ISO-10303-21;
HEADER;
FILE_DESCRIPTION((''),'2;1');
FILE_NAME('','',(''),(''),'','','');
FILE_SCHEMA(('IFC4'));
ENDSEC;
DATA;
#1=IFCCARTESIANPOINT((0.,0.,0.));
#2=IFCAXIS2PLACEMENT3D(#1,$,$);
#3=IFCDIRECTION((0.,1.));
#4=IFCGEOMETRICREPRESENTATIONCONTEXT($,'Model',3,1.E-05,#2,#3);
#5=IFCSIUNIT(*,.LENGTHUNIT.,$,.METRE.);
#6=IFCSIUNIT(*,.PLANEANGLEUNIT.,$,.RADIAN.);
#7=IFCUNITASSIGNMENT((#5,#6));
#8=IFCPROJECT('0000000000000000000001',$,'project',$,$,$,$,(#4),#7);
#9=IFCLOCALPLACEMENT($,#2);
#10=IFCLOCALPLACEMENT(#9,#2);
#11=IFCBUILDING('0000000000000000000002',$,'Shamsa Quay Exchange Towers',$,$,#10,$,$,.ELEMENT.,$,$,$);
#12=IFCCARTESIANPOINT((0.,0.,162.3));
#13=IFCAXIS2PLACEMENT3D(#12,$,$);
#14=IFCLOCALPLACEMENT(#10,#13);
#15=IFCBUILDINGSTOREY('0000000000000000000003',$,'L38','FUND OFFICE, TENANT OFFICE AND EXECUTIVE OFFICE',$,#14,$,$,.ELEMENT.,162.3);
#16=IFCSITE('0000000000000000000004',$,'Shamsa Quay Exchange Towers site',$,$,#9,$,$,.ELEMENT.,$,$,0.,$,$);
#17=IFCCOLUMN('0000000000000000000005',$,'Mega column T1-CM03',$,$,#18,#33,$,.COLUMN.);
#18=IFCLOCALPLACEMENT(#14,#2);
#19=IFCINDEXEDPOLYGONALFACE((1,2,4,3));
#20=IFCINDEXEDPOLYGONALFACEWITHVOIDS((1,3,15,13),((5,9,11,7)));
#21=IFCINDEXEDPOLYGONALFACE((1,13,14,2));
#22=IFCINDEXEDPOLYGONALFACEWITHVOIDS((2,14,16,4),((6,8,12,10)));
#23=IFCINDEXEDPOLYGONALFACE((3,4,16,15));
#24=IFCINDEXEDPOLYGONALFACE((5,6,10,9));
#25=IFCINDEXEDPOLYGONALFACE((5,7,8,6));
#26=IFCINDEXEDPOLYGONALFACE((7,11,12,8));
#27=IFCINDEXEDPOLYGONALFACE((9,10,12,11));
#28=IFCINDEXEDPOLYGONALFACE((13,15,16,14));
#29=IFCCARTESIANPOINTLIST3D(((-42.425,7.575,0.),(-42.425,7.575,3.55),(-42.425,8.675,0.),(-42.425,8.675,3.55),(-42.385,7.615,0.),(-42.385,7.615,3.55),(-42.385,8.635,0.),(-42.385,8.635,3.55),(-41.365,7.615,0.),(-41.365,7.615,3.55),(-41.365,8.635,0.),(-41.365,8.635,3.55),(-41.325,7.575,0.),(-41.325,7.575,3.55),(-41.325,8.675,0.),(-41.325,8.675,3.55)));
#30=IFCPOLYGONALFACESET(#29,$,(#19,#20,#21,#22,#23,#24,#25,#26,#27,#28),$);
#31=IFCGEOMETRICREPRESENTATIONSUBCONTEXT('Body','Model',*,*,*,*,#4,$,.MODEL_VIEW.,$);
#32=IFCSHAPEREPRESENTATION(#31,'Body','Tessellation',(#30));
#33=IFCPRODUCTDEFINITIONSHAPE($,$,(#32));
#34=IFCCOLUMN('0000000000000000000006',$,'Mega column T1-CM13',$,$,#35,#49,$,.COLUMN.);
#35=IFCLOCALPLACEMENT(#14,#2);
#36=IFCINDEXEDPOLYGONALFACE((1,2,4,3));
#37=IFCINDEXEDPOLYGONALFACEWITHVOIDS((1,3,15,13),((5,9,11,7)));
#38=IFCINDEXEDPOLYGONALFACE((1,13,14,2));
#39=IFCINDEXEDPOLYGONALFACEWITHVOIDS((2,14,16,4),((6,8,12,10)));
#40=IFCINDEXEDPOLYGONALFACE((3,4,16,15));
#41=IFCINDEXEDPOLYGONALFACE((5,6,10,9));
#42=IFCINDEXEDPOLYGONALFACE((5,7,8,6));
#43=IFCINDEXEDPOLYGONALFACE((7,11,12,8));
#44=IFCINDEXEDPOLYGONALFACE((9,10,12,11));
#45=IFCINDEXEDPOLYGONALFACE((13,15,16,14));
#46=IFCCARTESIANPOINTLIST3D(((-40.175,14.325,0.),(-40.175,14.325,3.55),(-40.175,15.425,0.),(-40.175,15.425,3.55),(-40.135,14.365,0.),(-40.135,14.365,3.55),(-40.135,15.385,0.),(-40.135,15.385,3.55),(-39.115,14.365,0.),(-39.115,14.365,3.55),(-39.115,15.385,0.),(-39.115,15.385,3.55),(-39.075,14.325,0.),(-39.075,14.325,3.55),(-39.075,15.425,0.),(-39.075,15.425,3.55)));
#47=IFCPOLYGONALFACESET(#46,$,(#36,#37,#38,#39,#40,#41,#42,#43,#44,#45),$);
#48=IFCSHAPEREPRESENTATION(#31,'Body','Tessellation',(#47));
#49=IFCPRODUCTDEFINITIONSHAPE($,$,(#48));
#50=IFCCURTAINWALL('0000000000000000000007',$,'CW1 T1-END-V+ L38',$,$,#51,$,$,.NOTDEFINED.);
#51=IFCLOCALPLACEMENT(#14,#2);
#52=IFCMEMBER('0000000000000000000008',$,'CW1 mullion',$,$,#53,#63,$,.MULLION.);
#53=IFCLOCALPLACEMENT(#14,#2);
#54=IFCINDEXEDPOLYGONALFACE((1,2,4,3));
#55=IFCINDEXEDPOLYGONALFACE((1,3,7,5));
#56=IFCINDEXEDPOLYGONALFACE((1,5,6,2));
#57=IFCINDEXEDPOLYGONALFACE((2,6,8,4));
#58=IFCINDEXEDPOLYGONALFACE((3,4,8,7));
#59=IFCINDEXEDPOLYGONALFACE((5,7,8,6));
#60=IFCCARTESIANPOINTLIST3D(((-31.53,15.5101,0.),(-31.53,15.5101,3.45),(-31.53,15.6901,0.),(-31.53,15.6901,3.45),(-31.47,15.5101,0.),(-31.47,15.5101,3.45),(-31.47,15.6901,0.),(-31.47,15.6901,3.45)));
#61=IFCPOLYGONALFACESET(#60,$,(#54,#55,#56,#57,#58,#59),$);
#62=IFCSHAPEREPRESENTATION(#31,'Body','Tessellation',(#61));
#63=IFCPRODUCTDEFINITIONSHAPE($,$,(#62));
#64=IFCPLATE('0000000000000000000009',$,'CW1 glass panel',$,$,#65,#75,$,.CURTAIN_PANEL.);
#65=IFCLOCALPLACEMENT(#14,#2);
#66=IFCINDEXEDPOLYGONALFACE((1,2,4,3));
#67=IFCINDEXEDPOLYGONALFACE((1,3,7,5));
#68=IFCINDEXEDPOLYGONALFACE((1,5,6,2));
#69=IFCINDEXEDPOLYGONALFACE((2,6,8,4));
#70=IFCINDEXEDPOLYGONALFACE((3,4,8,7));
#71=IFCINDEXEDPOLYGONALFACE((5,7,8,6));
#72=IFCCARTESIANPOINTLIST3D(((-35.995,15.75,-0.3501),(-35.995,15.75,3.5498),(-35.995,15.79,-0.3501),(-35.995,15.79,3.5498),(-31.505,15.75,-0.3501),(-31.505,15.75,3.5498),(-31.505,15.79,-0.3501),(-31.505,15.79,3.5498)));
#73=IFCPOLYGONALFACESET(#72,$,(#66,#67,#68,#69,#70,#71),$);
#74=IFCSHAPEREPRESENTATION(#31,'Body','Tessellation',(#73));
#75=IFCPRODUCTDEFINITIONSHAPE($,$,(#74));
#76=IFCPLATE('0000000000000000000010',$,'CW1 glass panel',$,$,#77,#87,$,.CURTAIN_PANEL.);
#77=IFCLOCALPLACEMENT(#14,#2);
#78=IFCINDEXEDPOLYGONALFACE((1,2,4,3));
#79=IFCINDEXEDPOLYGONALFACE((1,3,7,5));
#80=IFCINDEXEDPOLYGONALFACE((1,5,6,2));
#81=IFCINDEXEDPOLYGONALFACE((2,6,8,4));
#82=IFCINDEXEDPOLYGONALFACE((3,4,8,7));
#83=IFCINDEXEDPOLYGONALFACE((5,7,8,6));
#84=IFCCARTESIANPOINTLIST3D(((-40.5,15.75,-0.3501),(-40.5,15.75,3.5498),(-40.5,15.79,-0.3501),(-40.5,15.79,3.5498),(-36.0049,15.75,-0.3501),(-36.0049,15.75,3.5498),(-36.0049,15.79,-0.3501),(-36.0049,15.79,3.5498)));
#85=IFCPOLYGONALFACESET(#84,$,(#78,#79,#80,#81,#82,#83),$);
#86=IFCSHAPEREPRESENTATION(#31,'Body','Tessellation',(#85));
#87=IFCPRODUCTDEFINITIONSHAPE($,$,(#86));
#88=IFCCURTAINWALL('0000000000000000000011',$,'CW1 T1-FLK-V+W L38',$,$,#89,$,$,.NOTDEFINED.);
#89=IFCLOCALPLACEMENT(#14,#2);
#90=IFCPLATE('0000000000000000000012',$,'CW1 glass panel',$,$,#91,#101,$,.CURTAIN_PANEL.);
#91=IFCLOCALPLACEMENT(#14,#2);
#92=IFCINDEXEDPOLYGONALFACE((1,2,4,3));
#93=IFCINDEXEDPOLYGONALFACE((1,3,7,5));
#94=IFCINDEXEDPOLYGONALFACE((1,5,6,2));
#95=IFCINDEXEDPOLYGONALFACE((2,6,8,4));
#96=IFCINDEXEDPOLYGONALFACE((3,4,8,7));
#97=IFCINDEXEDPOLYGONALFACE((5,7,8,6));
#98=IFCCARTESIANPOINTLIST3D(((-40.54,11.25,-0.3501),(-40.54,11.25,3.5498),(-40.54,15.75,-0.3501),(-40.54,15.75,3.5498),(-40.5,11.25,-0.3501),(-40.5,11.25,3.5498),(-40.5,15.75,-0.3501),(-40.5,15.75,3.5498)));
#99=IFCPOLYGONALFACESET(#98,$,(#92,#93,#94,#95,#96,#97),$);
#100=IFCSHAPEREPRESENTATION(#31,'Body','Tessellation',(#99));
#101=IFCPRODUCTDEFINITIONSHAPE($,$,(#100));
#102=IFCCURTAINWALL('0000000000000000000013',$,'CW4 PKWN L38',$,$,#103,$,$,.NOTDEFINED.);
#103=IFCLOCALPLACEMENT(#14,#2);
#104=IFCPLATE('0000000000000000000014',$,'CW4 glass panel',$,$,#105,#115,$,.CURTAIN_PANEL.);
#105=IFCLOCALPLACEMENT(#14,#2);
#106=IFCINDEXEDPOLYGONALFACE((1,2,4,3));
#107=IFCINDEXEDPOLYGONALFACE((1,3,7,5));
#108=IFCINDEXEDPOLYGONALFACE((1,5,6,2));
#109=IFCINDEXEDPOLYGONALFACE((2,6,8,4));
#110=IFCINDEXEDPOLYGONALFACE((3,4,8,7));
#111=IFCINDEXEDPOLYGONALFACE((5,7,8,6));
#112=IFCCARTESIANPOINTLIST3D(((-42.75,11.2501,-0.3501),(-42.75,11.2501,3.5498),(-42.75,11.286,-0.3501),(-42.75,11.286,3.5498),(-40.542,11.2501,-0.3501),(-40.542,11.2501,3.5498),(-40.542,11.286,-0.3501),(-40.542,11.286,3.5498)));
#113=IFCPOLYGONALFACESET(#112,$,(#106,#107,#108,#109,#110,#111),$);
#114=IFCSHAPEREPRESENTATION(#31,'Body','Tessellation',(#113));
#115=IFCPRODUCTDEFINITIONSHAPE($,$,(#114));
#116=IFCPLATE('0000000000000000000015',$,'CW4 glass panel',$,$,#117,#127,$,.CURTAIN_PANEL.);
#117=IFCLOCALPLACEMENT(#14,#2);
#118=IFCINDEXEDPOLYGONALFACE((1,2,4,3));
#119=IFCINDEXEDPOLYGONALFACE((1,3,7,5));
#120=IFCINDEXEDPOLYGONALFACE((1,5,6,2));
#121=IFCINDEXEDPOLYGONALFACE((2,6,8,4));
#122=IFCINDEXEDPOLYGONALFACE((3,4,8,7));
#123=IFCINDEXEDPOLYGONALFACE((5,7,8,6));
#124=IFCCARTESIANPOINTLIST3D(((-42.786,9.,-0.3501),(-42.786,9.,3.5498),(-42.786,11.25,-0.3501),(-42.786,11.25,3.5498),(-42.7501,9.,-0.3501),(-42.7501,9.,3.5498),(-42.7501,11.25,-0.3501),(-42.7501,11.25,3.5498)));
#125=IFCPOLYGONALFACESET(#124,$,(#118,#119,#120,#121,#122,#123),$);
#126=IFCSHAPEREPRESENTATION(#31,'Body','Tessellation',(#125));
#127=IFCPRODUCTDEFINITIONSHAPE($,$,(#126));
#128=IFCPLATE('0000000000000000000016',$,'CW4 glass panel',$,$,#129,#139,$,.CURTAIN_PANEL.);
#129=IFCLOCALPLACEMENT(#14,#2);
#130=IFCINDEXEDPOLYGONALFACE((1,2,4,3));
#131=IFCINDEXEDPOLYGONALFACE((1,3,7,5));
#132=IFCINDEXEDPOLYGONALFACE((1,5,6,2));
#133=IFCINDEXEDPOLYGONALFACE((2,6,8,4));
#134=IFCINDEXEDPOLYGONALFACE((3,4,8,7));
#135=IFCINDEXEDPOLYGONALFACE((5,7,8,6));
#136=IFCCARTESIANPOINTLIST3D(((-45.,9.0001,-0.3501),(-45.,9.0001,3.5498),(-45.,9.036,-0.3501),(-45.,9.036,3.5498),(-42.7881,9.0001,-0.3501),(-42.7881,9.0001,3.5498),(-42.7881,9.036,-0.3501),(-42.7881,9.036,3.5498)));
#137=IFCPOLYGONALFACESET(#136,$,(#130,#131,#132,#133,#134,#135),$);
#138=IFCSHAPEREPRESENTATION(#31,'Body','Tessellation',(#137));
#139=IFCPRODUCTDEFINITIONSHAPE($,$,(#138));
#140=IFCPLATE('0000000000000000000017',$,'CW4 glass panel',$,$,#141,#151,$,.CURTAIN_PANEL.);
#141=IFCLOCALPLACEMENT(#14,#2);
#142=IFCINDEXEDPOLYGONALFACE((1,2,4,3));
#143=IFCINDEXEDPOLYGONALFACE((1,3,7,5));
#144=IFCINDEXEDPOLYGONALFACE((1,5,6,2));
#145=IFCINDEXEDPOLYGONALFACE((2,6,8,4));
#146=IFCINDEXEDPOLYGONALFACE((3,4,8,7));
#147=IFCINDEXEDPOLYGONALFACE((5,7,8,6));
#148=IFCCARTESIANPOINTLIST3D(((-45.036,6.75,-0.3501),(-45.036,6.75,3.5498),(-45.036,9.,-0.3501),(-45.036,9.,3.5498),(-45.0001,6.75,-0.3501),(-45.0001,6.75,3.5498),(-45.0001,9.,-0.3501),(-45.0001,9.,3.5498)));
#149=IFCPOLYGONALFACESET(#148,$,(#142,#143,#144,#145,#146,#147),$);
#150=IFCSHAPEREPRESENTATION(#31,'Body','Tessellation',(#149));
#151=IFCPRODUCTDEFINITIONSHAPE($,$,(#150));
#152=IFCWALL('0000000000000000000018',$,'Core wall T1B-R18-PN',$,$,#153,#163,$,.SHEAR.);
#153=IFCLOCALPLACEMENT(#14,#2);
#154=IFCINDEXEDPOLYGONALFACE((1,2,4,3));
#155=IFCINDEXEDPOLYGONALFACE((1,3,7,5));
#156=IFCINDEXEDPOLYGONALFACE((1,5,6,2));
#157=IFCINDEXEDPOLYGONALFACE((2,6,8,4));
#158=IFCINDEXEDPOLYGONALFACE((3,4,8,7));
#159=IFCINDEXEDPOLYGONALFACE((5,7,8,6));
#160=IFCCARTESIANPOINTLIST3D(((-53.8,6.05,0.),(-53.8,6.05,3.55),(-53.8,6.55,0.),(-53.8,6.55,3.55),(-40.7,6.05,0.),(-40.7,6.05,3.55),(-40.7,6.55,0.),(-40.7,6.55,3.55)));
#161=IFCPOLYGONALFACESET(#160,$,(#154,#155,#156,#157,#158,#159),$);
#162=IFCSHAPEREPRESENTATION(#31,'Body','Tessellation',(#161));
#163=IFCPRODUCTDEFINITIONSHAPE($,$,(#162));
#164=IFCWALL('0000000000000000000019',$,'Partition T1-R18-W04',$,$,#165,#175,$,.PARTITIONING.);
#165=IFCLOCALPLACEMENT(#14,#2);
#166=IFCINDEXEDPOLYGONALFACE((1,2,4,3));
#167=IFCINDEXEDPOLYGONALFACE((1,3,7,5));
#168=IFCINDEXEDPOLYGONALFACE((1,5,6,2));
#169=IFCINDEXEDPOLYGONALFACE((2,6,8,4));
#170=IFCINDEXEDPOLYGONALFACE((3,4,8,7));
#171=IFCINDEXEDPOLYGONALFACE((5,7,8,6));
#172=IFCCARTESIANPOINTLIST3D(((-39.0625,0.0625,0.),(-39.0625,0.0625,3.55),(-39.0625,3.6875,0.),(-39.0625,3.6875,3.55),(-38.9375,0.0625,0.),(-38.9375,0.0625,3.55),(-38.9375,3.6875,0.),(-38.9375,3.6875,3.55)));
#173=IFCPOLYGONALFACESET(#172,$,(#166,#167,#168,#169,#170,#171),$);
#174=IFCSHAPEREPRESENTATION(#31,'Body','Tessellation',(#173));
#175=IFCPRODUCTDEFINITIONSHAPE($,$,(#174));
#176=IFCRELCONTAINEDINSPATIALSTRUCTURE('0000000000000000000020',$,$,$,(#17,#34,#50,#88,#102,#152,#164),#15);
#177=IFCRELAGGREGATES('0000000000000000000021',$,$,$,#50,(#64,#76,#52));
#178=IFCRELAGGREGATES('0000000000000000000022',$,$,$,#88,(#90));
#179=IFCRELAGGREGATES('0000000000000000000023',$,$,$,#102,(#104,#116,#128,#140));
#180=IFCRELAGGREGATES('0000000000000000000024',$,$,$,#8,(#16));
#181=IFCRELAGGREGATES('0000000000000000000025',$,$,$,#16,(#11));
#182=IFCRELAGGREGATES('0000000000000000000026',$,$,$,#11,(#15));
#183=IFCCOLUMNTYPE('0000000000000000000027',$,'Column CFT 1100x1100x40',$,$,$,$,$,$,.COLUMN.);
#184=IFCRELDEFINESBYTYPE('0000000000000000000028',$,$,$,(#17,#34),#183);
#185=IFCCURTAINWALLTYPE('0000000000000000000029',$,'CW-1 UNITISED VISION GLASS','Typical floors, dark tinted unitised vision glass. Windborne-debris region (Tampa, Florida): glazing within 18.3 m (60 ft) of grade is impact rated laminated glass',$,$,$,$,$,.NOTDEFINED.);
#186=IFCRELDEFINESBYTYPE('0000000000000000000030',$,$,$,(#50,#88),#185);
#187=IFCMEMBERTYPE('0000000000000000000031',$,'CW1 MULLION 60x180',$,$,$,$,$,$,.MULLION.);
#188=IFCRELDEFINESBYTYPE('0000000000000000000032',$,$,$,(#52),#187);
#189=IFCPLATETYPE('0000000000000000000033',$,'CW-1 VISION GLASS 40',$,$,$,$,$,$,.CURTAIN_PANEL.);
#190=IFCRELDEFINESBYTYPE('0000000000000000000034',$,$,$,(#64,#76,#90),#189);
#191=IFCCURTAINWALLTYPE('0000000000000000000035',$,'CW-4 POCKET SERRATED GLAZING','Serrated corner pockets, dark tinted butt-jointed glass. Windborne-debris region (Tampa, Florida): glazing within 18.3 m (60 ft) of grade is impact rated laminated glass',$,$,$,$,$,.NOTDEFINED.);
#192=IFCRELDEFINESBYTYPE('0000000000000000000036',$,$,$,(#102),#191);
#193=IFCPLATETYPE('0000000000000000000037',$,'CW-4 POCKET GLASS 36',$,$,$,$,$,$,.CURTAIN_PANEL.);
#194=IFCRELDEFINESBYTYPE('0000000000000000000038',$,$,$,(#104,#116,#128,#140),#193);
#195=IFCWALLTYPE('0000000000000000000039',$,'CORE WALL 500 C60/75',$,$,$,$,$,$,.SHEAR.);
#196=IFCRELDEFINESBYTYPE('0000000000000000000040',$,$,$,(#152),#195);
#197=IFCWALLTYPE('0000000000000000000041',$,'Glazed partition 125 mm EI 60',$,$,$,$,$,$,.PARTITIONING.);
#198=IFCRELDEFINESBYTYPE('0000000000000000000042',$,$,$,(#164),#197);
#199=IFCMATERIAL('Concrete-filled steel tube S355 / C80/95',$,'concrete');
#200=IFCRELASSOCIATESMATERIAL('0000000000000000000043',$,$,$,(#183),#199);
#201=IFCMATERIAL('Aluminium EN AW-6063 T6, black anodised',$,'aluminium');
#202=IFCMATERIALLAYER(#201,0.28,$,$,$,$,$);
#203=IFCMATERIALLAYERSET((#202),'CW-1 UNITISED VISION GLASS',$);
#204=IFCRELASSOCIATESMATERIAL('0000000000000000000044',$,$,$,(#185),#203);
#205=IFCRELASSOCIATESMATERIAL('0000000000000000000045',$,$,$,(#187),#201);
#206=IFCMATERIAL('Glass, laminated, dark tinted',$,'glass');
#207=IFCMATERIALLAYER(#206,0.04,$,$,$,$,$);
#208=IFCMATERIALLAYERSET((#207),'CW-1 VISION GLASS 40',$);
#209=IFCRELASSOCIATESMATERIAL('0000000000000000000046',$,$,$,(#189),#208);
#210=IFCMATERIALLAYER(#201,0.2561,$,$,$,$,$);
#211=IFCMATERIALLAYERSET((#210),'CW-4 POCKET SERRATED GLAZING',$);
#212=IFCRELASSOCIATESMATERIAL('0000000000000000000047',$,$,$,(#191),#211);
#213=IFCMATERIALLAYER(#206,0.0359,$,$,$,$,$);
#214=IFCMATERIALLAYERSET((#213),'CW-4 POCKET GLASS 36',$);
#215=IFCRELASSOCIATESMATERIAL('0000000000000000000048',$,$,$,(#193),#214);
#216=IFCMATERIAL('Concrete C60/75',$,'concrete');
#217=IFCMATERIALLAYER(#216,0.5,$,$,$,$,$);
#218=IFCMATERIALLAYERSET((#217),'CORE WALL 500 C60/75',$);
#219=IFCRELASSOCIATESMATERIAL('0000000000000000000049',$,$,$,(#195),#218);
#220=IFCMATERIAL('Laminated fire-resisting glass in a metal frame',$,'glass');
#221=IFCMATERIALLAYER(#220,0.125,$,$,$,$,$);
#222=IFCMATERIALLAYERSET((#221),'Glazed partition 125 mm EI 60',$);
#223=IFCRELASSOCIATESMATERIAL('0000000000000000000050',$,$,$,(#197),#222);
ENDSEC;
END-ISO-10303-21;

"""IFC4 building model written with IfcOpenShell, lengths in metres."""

from ifc_helpers import new_model, si_unit, direction, frame, frame_2d, origin, origin_2d, place, context, subcontext, project, spatial, rectangle, hollow_rectangle, extrude, material, layer, layer_set, material_profile, profile_set, type_object, element, aggregate, save


model = new_model("IFC4")

# Units and contexts
model_context = context("Model", 3, precision=1e-05, world=origin(), true_north=direction((0.0, 1.0)))
body_context = subcontext(model_context, "Body", "Model", "MODEL_VIEW")
ifc_project = project(units=[si_unit("LENGTHUNIT", "METRE"), si_unit("PLANEANGLEUNIT", "RADIAN")], contexts=[model_context])

# Site, building, storey
site_placement = place(None, origin())
site = spatial("IfcSite", under=ifc_project, at=site_placement, Name="Shamsa Quay Exchange Towers site", CompositionType="ELEMENT", RefElevation=0.0)
building_placement = place(site_placement, origin())
building = spatial("IfcBuilding", under=site, at=building_placement, Name="Shamsa Quay Exchange Towers", CompositionType="ELEMENT")
storey_placement = place(building_placement, frame((0.0, 0.0, 162.3)))
storey = spatial("IfcBuildingStorey", under=building, at=storey_placement, Name="L38", Description="FUND OFFICE, TENANT OFFICE AND EXECUTIVE OFFICE", CompositionType="ELEMENT", Elevation=162.3)

# Columns
ifc_material_1 = material(Name="Concrete-filled steel tube S355 / C80/95", Category="concrete")
ifc_material_profile_1 = material_profile(ifc_material_1, hollow_rectangle(XDim=1.1001, YDim=1.1001, WallThickness=0.04, at=origin_2d()), Name="CFT 1100x1100x40")
ifc_profile_set_1 = profile_set([ifc_material_profile_1], Name="Concrete-filled steel tube S355 / C80/95")
column_type = type_object("IfcColumnType", Name="Column CFT 1100x1100x40", PredefinedType="COLUMN", material=ifc_profile_set_1)
for number, where, name in (
    (1, (-41.875, 8.125, 0.0), "Mega column T1-CM03"),
    (2, (-39.625, 14.875, 0.0), "Mega column T1-CM13"),
):
    element("IfcColumn", number, at=place(storey_placement, frame(where)), inside=storey, type_object=column_type, Name=name, PredefinedType="COLUMN", context=body_context, shape_type="SweptSolid", body=[
        extrude(hollow_rectangle(XDim=1.1001, YDim=1.1001, WallThickness=0.04, at=origin_2d()), origin(), (0.0, 0.0, 1.0), 3.55),
    ])

# Curtain wall, member, plates
ifc_material_2 = material(Name="Aluminium EN AW-6063 T6, black anodised", Category="aluminium")
ifc_layer_1 = layer(ifc_material_2, 0.28)
ifc_layer_set_1 = layer_set([ifc_layer_1], Name="CW-1 UNITISED VISION GLASS")
curtain_wall_type_1 = type_object("IfcCurtainWallType", Name="CW-1 UNITISED VISION GLASS", Description="Typical floors, dark tinted unitised vision glass. Windborne-debris region (Tampa, Florida): glazing within 18.3 m (60 ft) of grade is impact rated laminated glass", PredefinedType="NOTDEFINED", material=ifc_layer_set_1)
curtain_wall_1_placement = place(storey_placement, origin())
curtain_wall_1 = element("IfcCurtainWall", 3, at=curtain_wall_1_placement, inside=storey, type_object=curtain_wall_type_1, Name="CW1 T1-END-V+ L38", PredefinedType="NOTDEFINED")
ifc_material_profile_2 = material_profile(ifc_material_2, rectangle(XDim=0.1799, YDim=0.0601, at=origin_2d()), Name="MU60x180")
ifc_profile_set_2 = profile_set([ifc_material_profile_2], Name="Aluminium EN AW-6063 T6, black anodised")
member_type = type_object("IfcMemberType", Name="CW1 MULLION 60x180", PredefinedType="MULLION", material=ifc_profile_set_2)
member_placement = place(storey_placement, frame((-31.5, 15.6001, 0.0), z_axis=(0.0, 0.0, 1.0), x_axis=(0.0, -1.0, 0.0)))
member = element("IfcMember", 4, at=member_placement, type_object=member_type, Name="CW1 mullion", PredefinedType="MULLION", context=body_context, shape_type="SweptSolid", body=[
    extrude(rectangle(XDim=0.1799, YDim=0.0601, at=origin_2d()), origin(), (0.0, 0.0, 1.0), 3.45),
])
ifc_material_3 = material(Name="Glass, laminated, dark tinted", Category="glass")
ifc_layer_2 = layer(ifc_material_3, 0.04)
ifc_layer_set_2 = layer_set([ifc_layer_2], Name="CW-1 VISION GLASS 40")
plate_type_1 = type_object("IfcPlateType", Name="CW-1 VISION GLASS 40", PredefinedType="CURTAIN_PANEL", material=ifc_layer_set_2)
plate_1_placement = place(storey_placement, frame((-33.75, 15.77, -0.3501), z_axis=(0.0, 0.0, 1.0), x_axis=(-1.0, 0.0, 0.0)))
plate_1 = element("IfcPlate", 5, at=plate_1_placement, type_object=plate_type_1, Name="CW1 glass panel", PredefinedType="CURTAIN_PANEL", context=body_context, shape_type="SweptSolid", body=[
    extrude(rectangle(XDim=4.49, YDim=0.04, at=origin_2d()), origin(), (0.0, 0.0, 1.0), 3.8999),
])
plate_2_placement = place(storey_placement, frame((-38.2524, 15.77, -0.3501), z_axis=(0.0, 0.0, 1.0), x_axis=(-1.0, 0.0, 0.0)))
plate_2 = element("IfcPlate", 6, at=plate_2_placement, type_object=plate_type_1, Name="CW1 glass panel", PredefinedType="CURTAIN_PANEL", context=body_context, shape_type="SweptSolid", body=[
    extrude(rectangle(XDim=4.4951, YDim=0.04, at=origin_2d()), origin(), (0.0, 0.0, 1.0), 3.8999),
])
aggregate(curtain_wall_1, [plate_1, plate_2, member])

# Curtain wall, plate
curtain_wall_2_placement = place(storey_placement, origin())
curtain_wall_2 = element("IfcCurtainWall", 7, at=curtain_wall_2_placement, inside=storey, type_object=curtain_wall_type_1, Name="CW1 T1-FLK-V+W L38", PredefinedType="NOTDEFINED")
plate_3_placement = place(storey_placement, frame((-40.52, 13.5, -0.3501), z_axis=(0.0, 0.0, 1.0), x_axis=(0.0, -1.0, 0.0)))
plate_3 = element("IfcPlate", 8, at=plate_3_placement, type_object=plate_type_1, Name="CW1 glass panel", PredefinedType="CURTAIN_PANEL", context=body_context, shape_type="SweptSolid", body=[
    extrude(rectangle(XDim=4.5, YDim=0.04, at=origin_2d()), origin(), (0.0, 0.0, 1.0), 3.8999),
])
aggregate(curtain_wall_2, [plate_3])

# Curtain wall, plates
ifc_layer_3 = layer(ifc_material_2, 0.2561)
ifc_layer_set_3 = layer_set([ifc_layer_3], Name="CW-4 POCKET SERRATED GLAZING")
curtain_wall_type_2 = type_object("IfcCurtainWallType", Name="CW-4 POCKET SERRATED GLAZING", Description="Serrated corner pockets, dark tinted butt-jointed glass. Windborne-debris region (Tampa, Florida): glazing within 18.3 m (60 ft) of grade is impact rated laminated glass", PredefinedType="NOTDEFINED", material=ifc_layer_set_3)
curtain_wall_3_placement = place(storey_placement, origin())
curtain_wall_3 = element("IfcCurtainWall", 9, at=curtain_wall_3_placement, inside=storey, type_object=curtain_wall_type_2, Name="CW4 PKWN L38", PredefinedType="NOTDEFINED")
ifc_layer_4 = layer(ifc_material_3, 0.0359)
ifc_layer_set_4 = layer_set([ifc_layer_4], Name="CW-4 POCKET GLASS 36")
plate_type_2 = type_object("IfcPlateType", Name="CW-4 POCKET GLASS 36", PredefinedType="CURTAIN_PANEL", material=ifc_layer_set_4)
plate_4_placement = place(storey_placement, frame((-41.646, 11.2681, -0.3501), z_axis=(0.0, 0.0, 1.0), x_axis=(-1.0, 0.0, 0.0)))
plate_4 = element("IfcPlate", 10, at=plate_4_placement, type_object=plate_type_2, Name="CW4 glass panel", PredefinedType="CURTAIN_PANEL", context=body_context, shape_type="SweptSolid", body=[
    extrude(rectangle(XDim=2.208, YDim=0.0359, at=origin_2d()), origin(), (0.0, 0.0, 1.0), 3.8999),
])
plate_5_placement = place(storey_placement, frame((-42.7681, 10.125, -0.3501), z_axis=(0.0, 0.0, 1.0), x_axis=(0.0, -1.0, 0.0)))
plate_5 = element("IfcPlate", 11, at=plate_5_placement, type_object=plate_type_2, Name="CW4 glass panel", PredefinedType="CURTAIN_PANEL", context=body_context, shape_type="SweptSolid", body=[
    extrude(rectangle(XDim=2.25, YDim=0.0359, at=origin_2d()), origin(), (0.0, 0.0, 1.0), 3.8999),
])
plate_6_placement = place(storey_placement, frame((-43.894, 9.0181, -0.3501), z_axis=(0.0, 0.0, 1.0), x_axis=(-1.0, 0.0, 0.0)))
plate_6 = element("IfcPlate", 12, at=plate_6_placement, type_object=plate_type_2, Name="CW4 glass panel", PredefinedType="CURTAIN_PANEL", context=body_context, shape_type="SweptSolid", body=[
    extrude(rectangle(XDim=2.2119, YDim=0.0359, at=origin_2d()), origin(), (0.0, 0.0, 1.0), 3.8999),
])
plate_7_placement = place(storey_placement, frame((-45.0181, 7.875, -0.3501), z_axis=(0.0, 0.0, 1.0), x_axis=(0.0, -1.0, 0.0)))
plate_7 = element("IfcPlate", 13, at=plate_7_placement, type_object=plate_type_2, Name="CW4 glass panel", PredefinedType="CURTAIN_PANEL", context=body_context, shape_type="SweptSolid", body=[
    extrude(rectangle(XDim=2.25, YDim=0.0359, at=origin_2d()), origin(), (0.0, 0.0, 1.0), 3.8999),
])
aggregate(curtain_wall_3, [plate_4, plate_5, plate_6, plate_7])

# Walls
ifc_material_4 = material(Name="Concrete C60/75", Category="concrete")
ifc_layer_5 = layer(ifc_material_4, 0.5)
ifc_layer_set_5 = layer_set([ifc_layer_5], Name="CORE WALL 500 C60/75")
wall_type_1 = type_object("IfcWallType", Name="CORE WALL 500 C60/75", PredefinedType="SHEAR", material=ifc_layer_set_5)
wall_1_placement = place(storey_placement, frame((-40.7, 6.3, 0.0), z_axis=(0.0, 0.0, 1.0), x_axis=(-1.0, 0.0, 0.0)))
element("IfcWall", 14, at=wall_1_placement, inside=storey, type_object=wall_type_1, Name="Core wall T1B-R18-PN", PredefinedType="SHEAR", context=body_context, shape_type="SweptSolid", body=[
    extrude(rectangle(XDim=13.1001, YDim=0.5, at=frame_2d((6.55, 0.0))), origin(), (0.0, 0.0, 1.0), 3.55),
])
ifc_material_5 = material(Name="Laminated fire-resisting glass in a metal frame", Category="glass")
ifc_layer_6 = layer(ifc_material_5, 0.125)
ifc_layer_set_6 = layer_set([ifc_layer_6], Name="Glazed partition 125 mm EI 60")
wall_type_2 = type_object("IfcWallType", Name="Glazed partition 125 mm EI 60", PredefinedType="PARTITIONING", material=ifc_layer_set_6)
wall_2_placement = place(storey_placement, frame((-39.0, 3.6875, 0.0), z_axis=(0.0, 0.0, 1.0), x_axis=(0.0, -1.0, 0.0)))
element("IfcWall", 15, at=wall_2_placement, inside=storey, type_object=wall_type_2, Name="Partition T1-R18-W04", PredefinedType="PARTITIONING", context=body_context, shape_type="SweptSolid", body=[
    extrude(rectangle(XDim=3.625, YDim=0.125, at=frame_2d((1.8125, 0.0))), origin(), (0.0, 0.0, 1.0), 3.55),
])

save(model, "model.ifc")
